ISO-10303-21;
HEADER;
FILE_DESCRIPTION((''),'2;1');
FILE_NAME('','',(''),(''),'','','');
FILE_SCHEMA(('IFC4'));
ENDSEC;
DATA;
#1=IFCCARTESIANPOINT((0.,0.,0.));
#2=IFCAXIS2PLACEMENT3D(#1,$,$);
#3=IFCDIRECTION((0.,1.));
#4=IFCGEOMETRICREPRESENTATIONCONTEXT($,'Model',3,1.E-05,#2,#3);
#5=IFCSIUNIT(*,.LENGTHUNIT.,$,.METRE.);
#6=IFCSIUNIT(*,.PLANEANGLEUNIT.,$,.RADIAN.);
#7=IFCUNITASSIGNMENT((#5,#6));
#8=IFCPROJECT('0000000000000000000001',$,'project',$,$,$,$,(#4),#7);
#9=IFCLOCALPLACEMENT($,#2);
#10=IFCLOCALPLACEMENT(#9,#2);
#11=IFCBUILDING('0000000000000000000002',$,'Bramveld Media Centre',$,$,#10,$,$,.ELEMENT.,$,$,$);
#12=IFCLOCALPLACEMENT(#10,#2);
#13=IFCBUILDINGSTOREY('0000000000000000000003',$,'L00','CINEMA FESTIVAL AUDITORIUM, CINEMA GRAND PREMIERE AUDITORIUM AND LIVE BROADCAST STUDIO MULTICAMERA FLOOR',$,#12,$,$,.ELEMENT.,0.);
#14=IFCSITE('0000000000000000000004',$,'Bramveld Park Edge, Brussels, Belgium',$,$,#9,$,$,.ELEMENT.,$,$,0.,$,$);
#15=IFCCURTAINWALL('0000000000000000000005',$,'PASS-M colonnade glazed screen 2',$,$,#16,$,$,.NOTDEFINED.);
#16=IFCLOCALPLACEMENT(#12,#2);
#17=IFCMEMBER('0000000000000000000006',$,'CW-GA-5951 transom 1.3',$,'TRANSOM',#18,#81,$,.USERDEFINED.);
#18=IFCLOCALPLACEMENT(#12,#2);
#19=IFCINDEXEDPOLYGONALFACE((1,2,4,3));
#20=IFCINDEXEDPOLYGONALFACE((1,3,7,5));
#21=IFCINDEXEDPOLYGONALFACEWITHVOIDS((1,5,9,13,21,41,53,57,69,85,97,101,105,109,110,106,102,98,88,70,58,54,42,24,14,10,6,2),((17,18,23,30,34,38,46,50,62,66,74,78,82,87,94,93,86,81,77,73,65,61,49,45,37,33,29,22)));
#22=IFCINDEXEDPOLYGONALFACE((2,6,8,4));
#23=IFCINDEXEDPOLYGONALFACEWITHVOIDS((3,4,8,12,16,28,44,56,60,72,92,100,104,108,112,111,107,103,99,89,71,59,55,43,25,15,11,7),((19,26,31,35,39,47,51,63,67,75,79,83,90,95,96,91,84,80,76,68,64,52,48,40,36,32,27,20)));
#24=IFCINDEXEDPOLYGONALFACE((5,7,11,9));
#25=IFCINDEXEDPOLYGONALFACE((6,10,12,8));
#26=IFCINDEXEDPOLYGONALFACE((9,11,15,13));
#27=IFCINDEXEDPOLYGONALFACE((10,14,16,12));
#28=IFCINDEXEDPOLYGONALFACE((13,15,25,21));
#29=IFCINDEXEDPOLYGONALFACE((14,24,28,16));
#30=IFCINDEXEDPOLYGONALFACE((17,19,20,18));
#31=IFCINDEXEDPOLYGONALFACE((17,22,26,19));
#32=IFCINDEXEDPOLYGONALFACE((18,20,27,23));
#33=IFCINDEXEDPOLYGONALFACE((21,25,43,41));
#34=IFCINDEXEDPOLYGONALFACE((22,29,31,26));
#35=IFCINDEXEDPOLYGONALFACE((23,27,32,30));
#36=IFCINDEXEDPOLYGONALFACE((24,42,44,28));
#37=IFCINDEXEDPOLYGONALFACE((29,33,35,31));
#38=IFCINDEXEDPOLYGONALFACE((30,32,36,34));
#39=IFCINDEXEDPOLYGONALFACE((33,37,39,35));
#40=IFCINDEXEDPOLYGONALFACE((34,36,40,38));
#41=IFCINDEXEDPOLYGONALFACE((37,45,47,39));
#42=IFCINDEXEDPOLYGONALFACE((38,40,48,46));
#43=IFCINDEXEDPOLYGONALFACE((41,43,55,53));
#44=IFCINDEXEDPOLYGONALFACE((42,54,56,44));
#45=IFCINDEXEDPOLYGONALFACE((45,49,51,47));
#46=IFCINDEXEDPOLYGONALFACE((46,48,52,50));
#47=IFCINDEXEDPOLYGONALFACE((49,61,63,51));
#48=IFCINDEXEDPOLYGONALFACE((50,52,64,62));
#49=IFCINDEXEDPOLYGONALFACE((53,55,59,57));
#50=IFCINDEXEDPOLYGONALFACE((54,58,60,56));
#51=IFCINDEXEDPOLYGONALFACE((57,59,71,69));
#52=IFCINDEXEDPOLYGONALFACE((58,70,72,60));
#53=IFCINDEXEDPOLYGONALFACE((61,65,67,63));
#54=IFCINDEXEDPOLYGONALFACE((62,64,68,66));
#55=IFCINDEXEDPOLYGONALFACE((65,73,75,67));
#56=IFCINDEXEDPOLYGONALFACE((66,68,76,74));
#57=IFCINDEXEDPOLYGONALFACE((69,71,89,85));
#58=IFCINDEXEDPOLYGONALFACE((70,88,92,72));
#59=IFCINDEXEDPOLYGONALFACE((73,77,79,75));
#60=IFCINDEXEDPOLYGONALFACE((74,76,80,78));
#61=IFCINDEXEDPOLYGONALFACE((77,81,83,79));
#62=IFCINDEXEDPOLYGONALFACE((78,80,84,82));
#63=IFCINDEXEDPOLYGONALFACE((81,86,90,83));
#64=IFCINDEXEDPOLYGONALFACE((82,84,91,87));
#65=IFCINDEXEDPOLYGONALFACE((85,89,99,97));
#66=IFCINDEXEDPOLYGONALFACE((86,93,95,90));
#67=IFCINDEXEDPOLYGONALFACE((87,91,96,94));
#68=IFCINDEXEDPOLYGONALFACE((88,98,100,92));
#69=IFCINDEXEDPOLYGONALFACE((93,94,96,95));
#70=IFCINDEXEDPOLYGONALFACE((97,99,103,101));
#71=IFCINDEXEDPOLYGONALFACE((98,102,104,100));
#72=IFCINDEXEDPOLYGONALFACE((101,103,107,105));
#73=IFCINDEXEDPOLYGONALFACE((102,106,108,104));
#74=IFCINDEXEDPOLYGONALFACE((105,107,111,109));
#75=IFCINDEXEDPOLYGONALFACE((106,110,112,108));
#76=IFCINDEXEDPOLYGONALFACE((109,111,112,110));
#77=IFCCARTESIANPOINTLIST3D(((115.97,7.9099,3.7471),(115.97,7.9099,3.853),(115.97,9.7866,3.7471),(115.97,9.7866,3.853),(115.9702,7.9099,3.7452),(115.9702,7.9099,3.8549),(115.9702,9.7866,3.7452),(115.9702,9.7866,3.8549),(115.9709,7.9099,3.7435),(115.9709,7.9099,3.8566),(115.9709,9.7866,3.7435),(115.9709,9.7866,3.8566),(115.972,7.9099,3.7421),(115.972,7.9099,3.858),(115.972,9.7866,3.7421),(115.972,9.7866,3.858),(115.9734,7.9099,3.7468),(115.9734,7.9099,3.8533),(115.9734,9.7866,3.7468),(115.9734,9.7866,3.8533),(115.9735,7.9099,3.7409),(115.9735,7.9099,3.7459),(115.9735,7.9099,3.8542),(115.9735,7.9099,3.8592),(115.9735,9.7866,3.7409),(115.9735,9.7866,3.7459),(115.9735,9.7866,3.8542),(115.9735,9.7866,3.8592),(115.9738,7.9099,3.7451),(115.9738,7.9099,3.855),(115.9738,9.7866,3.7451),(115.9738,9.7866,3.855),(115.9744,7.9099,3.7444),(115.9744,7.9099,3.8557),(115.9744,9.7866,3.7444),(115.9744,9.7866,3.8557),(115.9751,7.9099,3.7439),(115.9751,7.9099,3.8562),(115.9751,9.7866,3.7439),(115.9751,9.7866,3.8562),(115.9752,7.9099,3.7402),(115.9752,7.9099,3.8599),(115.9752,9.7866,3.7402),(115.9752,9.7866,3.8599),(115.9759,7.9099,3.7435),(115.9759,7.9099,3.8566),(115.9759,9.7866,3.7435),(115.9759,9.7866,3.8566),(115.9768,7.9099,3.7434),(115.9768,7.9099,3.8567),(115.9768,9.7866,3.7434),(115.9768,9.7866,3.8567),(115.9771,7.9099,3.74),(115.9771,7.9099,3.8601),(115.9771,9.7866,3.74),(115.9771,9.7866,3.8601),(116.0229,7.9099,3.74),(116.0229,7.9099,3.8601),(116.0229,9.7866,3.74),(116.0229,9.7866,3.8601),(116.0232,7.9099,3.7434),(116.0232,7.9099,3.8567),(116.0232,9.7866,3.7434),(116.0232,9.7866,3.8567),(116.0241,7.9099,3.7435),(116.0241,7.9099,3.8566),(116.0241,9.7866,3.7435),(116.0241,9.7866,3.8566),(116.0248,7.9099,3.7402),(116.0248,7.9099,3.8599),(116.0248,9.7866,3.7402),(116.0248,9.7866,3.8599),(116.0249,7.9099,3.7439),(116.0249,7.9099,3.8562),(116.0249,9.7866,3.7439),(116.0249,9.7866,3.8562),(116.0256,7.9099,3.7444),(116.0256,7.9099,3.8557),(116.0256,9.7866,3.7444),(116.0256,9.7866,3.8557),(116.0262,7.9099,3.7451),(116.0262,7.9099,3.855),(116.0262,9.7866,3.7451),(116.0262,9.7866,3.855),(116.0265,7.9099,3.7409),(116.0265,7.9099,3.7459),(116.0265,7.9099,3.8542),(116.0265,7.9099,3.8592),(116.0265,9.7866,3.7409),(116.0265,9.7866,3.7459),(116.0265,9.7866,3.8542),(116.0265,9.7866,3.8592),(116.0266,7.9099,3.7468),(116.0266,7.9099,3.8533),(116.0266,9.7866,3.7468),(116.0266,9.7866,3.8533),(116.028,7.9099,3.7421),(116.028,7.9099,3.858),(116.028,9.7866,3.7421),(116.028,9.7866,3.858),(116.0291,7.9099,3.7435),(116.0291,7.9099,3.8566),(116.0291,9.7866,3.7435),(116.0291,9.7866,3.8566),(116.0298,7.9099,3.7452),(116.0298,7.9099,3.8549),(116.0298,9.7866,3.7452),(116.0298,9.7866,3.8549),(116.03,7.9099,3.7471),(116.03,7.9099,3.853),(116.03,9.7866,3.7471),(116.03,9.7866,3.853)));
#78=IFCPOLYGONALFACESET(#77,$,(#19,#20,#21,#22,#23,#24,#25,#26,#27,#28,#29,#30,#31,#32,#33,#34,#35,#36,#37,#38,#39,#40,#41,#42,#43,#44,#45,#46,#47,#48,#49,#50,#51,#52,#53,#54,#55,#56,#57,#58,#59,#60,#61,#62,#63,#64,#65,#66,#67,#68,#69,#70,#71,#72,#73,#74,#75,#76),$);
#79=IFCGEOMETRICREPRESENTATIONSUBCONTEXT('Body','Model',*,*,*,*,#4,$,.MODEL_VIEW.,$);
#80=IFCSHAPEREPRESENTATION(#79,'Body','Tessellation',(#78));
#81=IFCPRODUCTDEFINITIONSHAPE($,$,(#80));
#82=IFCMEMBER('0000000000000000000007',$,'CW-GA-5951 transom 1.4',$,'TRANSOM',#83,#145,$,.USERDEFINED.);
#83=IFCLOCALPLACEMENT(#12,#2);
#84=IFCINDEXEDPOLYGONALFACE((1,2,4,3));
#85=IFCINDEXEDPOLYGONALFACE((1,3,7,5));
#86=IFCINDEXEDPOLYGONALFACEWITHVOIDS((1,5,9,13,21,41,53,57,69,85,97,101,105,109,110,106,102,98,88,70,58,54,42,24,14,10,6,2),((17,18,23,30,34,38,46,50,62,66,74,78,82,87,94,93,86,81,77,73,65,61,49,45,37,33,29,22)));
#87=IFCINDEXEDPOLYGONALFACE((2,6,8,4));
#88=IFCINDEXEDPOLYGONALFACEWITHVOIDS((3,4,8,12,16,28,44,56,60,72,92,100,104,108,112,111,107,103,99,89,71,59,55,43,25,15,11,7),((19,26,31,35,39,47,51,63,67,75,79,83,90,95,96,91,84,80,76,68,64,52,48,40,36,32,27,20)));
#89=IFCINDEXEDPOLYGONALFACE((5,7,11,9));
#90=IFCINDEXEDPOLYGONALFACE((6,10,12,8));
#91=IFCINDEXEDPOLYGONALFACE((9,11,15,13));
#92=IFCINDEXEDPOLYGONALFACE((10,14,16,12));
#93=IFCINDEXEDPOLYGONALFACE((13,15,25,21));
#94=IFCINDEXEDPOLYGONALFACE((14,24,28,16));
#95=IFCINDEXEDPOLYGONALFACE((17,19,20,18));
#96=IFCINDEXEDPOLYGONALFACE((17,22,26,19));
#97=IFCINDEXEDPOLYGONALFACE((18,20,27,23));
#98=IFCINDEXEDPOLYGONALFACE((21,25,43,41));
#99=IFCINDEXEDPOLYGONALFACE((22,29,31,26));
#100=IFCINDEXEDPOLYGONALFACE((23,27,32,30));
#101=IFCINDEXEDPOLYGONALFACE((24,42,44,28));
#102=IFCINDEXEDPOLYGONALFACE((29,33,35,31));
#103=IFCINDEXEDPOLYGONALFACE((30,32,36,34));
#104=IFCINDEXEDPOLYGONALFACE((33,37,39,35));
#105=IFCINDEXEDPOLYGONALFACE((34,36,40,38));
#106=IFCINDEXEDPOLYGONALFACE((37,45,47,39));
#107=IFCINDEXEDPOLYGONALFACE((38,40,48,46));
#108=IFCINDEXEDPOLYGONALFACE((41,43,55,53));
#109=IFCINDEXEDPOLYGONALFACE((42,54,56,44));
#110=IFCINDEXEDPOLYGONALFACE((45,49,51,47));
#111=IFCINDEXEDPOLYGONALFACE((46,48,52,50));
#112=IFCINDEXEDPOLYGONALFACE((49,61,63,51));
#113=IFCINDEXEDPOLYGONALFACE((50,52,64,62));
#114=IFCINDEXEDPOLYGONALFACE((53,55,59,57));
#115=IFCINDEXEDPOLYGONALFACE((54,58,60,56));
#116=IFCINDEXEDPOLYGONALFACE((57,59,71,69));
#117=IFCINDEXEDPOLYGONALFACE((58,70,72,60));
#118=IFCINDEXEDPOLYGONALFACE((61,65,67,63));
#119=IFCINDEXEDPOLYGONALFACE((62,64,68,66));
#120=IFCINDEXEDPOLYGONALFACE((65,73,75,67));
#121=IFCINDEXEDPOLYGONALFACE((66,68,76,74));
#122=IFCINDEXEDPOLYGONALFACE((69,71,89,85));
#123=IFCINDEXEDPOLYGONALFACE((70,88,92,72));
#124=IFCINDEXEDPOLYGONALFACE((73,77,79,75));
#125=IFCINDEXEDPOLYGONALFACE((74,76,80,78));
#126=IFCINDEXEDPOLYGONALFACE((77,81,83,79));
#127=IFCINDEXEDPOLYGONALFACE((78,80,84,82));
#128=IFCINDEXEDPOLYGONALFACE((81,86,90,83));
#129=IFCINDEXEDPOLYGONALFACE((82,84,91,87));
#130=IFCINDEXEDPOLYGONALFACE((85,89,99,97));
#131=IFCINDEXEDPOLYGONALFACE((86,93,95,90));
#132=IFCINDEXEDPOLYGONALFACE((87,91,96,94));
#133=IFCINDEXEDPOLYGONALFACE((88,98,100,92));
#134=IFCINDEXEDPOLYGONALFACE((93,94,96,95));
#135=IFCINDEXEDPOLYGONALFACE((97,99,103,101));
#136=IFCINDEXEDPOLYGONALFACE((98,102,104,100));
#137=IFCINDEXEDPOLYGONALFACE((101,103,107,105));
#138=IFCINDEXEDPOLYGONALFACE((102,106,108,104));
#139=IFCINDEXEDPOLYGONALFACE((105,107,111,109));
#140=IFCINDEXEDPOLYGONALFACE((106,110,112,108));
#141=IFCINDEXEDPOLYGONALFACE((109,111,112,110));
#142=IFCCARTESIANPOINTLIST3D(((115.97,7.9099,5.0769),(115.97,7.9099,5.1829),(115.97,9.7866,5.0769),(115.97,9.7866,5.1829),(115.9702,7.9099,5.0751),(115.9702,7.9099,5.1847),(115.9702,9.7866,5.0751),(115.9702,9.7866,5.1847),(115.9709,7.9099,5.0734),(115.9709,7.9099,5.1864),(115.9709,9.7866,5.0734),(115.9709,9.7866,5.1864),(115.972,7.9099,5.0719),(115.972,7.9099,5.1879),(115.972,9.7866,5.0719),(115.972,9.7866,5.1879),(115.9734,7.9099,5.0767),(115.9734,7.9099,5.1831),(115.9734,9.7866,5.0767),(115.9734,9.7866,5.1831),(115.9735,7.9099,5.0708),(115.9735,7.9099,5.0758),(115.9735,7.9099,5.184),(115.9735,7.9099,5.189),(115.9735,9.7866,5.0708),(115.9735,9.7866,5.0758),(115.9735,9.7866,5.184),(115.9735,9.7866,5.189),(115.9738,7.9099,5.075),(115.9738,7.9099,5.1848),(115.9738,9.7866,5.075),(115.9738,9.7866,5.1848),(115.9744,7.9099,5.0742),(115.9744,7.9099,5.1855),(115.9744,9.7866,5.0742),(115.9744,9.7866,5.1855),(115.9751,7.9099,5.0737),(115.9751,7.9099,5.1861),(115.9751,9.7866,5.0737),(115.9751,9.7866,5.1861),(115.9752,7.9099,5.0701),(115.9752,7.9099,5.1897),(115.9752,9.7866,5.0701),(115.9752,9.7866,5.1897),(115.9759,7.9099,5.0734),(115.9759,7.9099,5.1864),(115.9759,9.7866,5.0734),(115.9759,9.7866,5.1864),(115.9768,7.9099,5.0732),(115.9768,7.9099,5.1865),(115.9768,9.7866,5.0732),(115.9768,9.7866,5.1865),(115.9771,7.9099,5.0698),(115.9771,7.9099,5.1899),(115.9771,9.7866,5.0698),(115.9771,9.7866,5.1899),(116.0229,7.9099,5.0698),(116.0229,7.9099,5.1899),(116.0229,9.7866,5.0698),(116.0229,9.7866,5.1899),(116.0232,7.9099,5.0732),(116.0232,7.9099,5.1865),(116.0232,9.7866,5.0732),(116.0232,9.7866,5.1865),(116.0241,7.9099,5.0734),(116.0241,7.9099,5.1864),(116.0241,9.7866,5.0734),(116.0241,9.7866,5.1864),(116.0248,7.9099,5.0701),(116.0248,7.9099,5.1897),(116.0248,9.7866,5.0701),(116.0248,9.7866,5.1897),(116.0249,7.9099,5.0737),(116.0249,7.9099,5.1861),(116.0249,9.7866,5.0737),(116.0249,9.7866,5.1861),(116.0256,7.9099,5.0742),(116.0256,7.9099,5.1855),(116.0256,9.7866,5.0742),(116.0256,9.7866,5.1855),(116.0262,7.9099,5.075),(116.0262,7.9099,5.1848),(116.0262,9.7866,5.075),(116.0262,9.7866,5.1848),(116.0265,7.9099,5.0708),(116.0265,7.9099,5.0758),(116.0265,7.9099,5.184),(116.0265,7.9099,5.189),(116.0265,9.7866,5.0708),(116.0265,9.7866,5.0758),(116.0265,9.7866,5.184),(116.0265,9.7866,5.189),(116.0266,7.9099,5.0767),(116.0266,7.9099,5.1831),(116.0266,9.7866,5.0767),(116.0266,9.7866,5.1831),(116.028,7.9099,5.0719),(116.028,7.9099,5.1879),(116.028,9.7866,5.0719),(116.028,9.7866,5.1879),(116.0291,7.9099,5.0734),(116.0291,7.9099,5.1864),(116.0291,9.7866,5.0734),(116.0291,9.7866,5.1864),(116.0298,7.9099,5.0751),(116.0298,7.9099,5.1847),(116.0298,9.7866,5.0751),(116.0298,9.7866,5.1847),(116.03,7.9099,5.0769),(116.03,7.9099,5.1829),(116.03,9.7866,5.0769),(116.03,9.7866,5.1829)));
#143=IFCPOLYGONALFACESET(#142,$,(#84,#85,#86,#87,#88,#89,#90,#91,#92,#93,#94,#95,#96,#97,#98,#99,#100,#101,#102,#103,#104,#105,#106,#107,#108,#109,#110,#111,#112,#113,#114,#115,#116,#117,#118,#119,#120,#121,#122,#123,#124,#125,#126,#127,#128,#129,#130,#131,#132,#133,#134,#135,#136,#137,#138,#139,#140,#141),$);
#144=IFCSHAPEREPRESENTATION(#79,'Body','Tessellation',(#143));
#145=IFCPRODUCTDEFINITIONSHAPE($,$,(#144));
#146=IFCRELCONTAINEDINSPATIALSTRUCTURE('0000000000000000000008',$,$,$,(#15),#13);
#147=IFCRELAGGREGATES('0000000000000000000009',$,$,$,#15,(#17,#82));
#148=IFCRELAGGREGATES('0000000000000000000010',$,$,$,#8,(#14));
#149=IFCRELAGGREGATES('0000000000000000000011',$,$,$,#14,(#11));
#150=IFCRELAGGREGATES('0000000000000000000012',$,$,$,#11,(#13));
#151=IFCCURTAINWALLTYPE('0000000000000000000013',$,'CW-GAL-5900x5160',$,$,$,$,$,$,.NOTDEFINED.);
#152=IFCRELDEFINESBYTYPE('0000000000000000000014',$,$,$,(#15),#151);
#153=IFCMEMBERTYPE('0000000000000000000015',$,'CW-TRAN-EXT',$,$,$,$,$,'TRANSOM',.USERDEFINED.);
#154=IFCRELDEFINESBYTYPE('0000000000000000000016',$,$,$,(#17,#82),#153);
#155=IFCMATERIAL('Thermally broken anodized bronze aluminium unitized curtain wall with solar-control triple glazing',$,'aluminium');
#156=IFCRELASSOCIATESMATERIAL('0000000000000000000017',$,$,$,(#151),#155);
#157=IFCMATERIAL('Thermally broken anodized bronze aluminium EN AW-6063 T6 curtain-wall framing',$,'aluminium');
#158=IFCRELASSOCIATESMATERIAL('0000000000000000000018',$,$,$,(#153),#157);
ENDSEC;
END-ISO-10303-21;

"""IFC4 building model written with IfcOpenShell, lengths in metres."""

from ifc_helpers import new_model, si_unit, direction, frame, origin, origin_2d, place, context, subcontext, project, spatial, hollow_rectangle, extrude, material, material_profile, profile_set, type_object, element, aggregate, save


model = new_model("IFC4")

# Units and contexts
model_context = context("Model", 3, precision=1e-05, world=origin(), true_north=direction((0.0, 1.0)))
body_context = subcontext(model_context, "Body", "Model", "MODEL_VIEW")
ifc_project = project(units=[si_unit("LENGTHUNIT", "METRE"), si_unit("PLANEANGLEUNIT", "RADIAN")], contexts=[model_context])

# Site, building, storey
site_placement = place(None, origin())
site = spatial("IfcSite", under=ifc_project, at=site_placement, Name="Bramveld Park Edge, Brussels, Belgium", CompositionType="ELEMENT", RefElevation=0.0)
building_placement = place(site_placement, origin())
building = spatial("IfcBuilding", under=site, at=building_placement, Name="Bramveld Media Centre", CompositionType="ELEMENT")
storey_placement = place(building_placement, origin())
storey = spatial("IfcBuildingStorey", under=building, at=storey_placement, Name="L00", Description="CINEMA FESTIVAL AUDITORIUM, CINEMA GRAND PREMIERE AUDITORIUM AND LIVE BROADCAST STUDIO MULTICAMERA FLOOR", CompositionType="ELEMENT", Elevation=0.0)

# Curtain wall
ifc_material_1 = material(Name="Thermally broken anodized bronze aluminium unitized curtain wall with solar-control triple glazing", Category="aluminium")
curtain_wall_type = type_object("IfcCurtainWallType", Name="CW-GAL-5900x5160", PredefinedType="NOTDEFINED", material=ifc_material_1)
curtain_wall_1_placement = place(storey_placement, origin())
curtain_wall_1 = element("IfcCurtainWall", 1, at=curtain_wall_1_placement, inside=storey, type_object=curtain_wall_type, Name="PASS-M colonnade glazed screen 2", PredefinedType="NOTDEFINED")

# Members
ifc_material_2 = material(Name="Thermally broken anodized bronze aluminium EN AW-6063 T6 curtain-wall framing", Category="aluminium")
ifc_material_profile_1 = material_profile(ifc_material_2, hollow_rectangle(XDim=0.0601, YDim=0.1201, WallThickness=0.0034, InnerFilletRadius=0.0034, OuterFilletRadius=0.0071, at=origin_2d()), Name="AL-TRAN 60x120")
ifc_profile_set_1 = profile_set([ifc_material_profile_1], Name="Thermally broken anodized bronze aluminium EN AW-6063 T6 curtain-wall framing")
member_type_1 = type_object("IfcMemberType", Name="CW-TRAN-EXT", ElementType="TRANSOM", PredefinedType="USERDEFINED", material=ifc_profile_set_1)
member_1_placement = place(storey_placement, frame((116.0, 7.9099, 3.8), z_axis=(0.0, 1.0, 0.0), x_axis=(-1.0, 0.0, 0.0)))
member_1 = element("IfcMember", 2, at=member_1_placement, type_object=member_type_1, Name="CW-GA-5951 transom 1.3", ObjectType="TRANSOM", PredefinedType="USERDEFINED", context=body_context, shape_type="SweptSolid", body=[
    extrude(hollow_rectangle(XDim=0.0601, YDim=0.1201, WallThickness=0.0034, InnerFilletRadius=0.0034, OuterFilletRadius=0.0071, at=origin_2d()), origin(), (0.0, 0.0, 1.0), 1.8767),
])
member_2_placement = place(storey_placement, frame((116.0, 7.9099, 5.1299), z_axis=(0.0, 1.0, 0.0), x_axis=(-1.0, 0.0, 0.0)))
member_2 = element("IfcMember", 3, at=member_2_placement, type_object=member_type_1, Name="CW-GA-5951 transom 1.4", ObjectType="TRANSOM", PredefinedType="USERDEFINED", context=body_context, shape_type="SweptSolid", body=[
    extrude(hollow_rectangle(XDim=0.0601, YDim=0.1201, WallThickness=0.0034, InnerFilletRadius=0.0034, OuterFilletRadius=0.0071, at=origin_2d()), origin(), (0.0, 0.0, 1.0), 1.8767),
])
aggregate(curtain_wall_1, [member_1, member_2])

save(model, "model.ifc")
